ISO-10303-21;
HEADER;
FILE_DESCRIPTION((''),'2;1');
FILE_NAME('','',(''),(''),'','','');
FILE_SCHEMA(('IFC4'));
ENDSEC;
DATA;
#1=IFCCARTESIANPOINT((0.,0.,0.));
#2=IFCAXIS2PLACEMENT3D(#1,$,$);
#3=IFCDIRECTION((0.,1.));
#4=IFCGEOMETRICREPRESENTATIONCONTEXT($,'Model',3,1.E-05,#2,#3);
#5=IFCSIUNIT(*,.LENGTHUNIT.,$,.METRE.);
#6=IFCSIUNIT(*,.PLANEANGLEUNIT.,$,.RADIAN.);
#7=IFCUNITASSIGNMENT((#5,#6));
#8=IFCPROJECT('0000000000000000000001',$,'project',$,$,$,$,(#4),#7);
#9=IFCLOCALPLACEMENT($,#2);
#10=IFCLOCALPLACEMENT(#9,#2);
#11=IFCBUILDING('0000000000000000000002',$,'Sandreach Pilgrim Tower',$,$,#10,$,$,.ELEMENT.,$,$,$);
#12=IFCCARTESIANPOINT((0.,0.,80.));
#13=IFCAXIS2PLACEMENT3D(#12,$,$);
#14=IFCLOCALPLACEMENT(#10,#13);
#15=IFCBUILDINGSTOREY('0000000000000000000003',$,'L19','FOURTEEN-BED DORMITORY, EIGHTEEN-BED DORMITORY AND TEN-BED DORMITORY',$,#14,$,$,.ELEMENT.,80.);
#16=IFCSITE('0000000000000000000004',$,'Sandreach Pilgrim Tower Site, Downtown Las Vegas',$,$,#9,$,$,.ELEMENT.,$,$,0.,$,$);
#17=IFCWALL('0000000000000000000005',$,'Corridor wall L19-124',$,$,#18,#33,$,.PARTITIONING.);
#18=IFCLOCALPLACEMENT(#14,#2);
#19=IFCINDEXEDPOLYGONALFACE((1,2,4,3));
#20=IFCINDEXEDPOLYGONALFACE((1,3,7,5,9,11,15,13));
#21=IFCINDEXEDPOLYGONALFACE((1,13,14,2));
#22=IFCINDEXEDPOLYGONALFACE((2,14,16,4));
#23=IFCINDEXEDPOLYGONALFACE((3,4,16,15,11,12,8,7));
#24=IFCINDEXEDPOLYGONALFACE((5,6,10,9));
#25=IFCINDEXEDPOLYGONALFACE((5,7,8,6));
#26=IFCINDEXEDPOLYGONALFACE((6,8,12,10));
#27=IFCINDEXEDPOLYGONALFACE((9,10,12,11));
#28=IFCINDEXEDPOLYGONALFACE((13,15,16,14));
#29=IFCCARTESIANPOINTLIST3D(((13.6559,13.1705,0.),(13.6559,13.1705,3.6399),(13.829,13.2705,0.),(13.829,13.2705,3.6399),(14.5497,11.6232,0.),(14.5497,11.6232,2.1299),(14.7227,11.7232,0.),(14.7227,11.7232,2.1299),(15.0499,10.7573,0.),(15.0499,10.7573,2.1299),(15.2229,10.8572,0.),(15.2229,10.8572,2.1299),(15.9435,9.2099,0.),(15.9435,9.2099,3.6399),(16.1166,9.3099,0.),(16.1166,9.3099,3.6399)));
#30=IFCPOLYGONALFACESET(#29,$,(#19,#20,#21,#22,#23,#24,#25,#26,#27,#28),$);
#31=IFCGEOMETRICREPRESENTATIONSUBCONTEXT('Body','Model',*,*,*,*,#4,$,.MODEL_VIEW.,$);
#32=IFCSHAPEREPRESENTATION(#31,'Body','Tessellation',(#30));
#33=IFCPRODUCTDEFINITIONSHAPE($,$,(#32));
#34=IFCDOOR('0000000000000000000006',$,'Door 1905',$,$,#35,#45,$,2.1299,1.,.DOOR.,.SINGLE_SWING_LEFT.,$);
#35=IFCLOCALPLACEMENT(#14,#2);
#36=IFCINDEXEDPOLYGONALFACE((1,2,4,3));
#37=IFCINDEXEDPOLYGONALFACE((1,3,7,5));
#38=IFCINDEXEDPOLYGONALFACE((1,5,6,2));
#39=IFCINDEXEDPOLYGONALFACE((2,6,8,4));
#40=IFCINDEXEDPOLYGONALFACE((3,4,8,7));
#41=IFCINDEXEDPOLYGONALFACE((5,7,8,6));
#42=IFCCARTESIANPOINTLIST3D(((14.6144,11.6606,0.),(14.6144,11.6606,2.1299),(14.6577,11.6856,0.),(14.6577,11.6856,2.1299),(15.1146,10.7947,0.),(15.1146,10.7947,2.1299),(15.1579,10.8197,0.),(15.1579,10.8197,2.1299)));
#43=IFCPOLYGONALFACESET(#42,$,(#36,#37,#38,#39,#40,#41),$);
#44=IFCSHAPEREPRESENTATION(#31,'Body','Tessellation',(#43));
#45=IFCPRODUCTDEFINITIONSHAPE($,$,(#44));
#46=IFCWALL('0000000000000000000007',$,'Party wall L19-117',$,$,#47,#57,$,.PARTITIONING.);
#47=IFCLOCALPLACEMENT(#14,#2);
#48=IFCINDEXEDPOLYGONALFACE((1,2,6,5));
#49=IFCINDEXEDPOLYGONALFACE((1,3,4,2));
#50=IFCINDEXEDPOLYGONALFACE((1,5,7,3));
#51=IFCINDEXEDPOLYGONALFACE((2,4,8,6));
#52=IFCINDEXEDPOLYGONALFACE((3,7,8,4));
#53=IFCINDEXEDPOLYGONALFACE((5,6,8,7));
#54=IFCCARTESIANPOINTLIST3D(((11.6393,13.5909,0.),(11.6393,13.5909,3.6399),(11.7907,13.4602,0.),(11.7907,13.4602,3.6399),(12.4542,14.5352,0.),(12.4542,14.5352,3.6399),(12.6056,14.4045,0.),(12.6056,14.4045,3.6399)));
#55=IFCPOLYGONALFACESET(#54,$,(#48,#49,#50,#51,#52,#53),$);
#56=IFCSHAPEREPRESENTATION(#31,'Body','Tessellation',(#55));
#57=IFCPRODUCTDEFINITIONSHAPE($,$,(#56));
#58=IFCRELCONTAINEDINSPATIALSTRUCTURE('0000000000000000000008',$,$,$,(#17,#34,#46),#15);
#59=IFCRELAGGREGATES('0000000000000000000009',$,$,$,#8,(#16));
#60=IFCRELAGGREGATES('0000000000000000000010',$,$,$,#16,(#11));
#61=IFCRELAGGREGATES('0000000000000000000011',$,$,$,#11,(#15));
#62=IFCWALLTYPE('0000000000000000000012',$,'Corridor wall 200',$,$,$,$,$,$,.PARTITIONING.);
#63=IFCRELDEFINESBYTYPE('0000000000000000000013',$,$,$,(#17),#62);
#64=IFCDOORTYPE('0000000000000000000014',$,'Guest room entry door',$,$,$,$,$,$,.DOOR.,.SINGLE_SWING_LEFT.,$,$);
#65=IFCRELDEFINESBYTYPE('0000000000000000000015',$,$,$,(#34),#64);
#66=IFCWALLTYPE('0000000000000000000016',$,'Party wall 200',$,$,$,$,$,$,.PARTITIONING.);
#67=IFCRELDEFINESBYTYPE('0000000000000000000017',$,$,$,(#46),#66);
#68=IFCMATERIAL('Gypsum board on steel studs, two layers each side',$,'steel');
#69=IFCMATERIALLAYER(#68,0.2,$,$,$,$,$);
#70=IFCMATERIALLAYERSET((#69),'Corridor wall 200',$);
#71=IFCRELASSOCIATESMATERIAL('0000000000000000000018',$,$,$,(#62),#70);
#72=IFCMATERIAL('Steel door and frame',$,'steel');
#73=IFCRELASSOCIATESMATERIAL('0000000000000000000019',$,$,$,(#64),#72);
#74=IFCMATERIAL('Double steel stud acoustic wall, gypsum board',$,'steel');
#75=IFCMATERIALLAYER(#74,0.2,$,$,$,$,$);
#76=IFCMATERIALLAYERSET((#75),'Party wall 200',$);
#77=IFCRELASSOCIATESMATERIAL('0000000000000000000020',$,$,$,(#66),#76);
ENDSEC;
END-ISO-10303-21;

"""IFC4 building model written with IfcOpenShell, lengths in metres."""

from ifc_helpers import new_model, si_unit, direction, frame, frame_2d, origin, place, context, subcontext, project, spatial, rectangle, extrude, material, layer, layer_set, type_object, element, fill, save


model = new_model("IFC4")

# Units and contexts
model_context = context("Model", 3, precision=1e-05, world=origin(), true_north=direction((0.0, 1.0)))
body_context = subcontext(model_context, "Body", "Model", "MODEL_VIEW")
ifc_project = project(units=[si_unit("LENGTHUNIT", "METRE"), si_unit("PLANEANGLEUNIT", "RADIAN")], contexts=[model_context])

# Site, building, storey
site_placement = place(None, origin())
site = spatial("IfcSite", under=ifc_project, at=site_placement, Name="Sandreach Pilgrim Tower Site, Downtown Las Vegas", CompositionType="ELEMENT", RefElevation=0.0)
building_placement = place(site_placement, origin())
building = spatial("IfcBuilding", under=site, at=building_placement, Name="Sandreach Pilgrim Tower", CompositionType="ELEMENT")
storey_placement = place(building_placement, frame((0.0, 0.0, 80.0)))
storey = spatial("IfcBuildingStorey", under=building, at=storey_placement, Name="L19", Description="FOURTEEN-BED DORMITORY, EIGHTEEN-BED DORMITORY AND TEN-BED DORMITORY", CompositionType="ELEMENT", Elevation=80.0)

# Shared definitions
ifc_material_1 = material(Name="Gypsum board on steel studs, two layers each side", Category="steel")
ifc_layer_1 = layer(ifc_material_1, 0.2)
ifc_layer_set_1 = layer_set([ifc_layer_1], Name="Corridor wall 200")
wall_type_1 = type_object("IfcWallType", Name="Corridor wall 200", PredefinedType="PARTITIONING", material=ifc_layer_set_1)
ifc_material_2 = material(Name="Steel door and frame", Category="steel")
door_type_1 = type_object("IfcDoorType", Name="Guest room entry door", OperationType="SINGLE_SWING_LEFT", PredefinedType="DOOR", material=ifc_material_2)

# Wall, opening, door
wall_1_placement = place(storey_placement, frame((13.7424, 13.2205, 0.0), z_axis=(0.0, 0.0, 1.0), x_axis=(0.500169, -0.865928, 0.0)))
wall_1 = element("IfcWall", 1, at=wall_1_placement, inside=storey, type_object=wall_type_1, Name="Corridor wall L19-124", PredefinedType="PARTITIONING", context=body_context, shape_type="SweptSolid", body=[
    extrude(rectangle(XDim=4.5737, YDim=0.2, at=frame_2d((2.2869, 0.0))), origin(), (0.0, 0.0, 1.0), 3.6399),
])
opening_1_placement = place(wall_1_placement, frame((1.7869, 0.0, 0.0)))
opening_1 = element("IfcOpeningElement", 2, at=opening_1_placement, cuts=wall_1, PredefinedType="OPENING", context=body_context, shape_type="SweptSolid", body=[
    extrude(rectangle(XDim=1.0, YDim=2.1299, at=frame_2d((0.5, 1.0649))), frame((0.0, 0.1001, 0.0), z_axis=(0.0, -1.0, 0.0), x_axis=(1.0, 0.0, 0.0)), (0.0, 0.0, 1.0), 0.2),
])
door_1_placement = place(opening_1_placement, origin())
door_1 = element("IfcDoor", 3, at=door_1_placement, inside=storey, type_object=door_type_1, Name="Door 1905", OperationType="SINGLE_SWING_LEFT", OverallHeight=2.1299, OverallWidth=1.0, PredefinedType="DOOR", context=body_context, shape_type="SweptSolid", body=[
    extrude(rectangle(XDim=1.0, YDim=2.1299, at=frame_2d((0.5, 1.0649))), frame((0.0, 0.0249, 0.0), z_axis=(0.0, -1.0, 0.0), x_axis=(1.0, 0.0, 0.0)), (0.0, 0.0, 1.0), 0.05),
])
fill(opening_1, door_1)

# Wall
ifc_material_3 = material(Name="Double steel stud acoustic wall, gypsum board", Category="steel")
ifc_layer_2 = layer(ifc_material_3, 0.2)
ifc_layer_set_2 = layer_set([ifc_layer_2], Name="Party wall 200")
wall_type_2 = type_object("IfcWallType", Name="Party wall 200", PredefinedType="PARTITIONING", material=ifc_layer_set_2)
wall_2_placement = place(storey_placement, frame((11.7151, 13.5256, 0.0), z_axis=(0.0, 0.0, 1.0), x_axis=(0.653334, 0.757069, 0.0)))
element("IfcWall", 4, at=wall_2_placement, inside=storey, type_object=wall_type_2, Name="Party wall L19-117", PredefinedType="PARTITIONING", context=body_context, shape_type="SweptSolid", body=[
    extrude(rectangle(XDim=1.2473, YDim=0.2, at=frame_2d((0.6235, 0.0))), origin(), (0.0, 0.0, 1.0), 3.6399),
])

save(model, "model.ifc")
